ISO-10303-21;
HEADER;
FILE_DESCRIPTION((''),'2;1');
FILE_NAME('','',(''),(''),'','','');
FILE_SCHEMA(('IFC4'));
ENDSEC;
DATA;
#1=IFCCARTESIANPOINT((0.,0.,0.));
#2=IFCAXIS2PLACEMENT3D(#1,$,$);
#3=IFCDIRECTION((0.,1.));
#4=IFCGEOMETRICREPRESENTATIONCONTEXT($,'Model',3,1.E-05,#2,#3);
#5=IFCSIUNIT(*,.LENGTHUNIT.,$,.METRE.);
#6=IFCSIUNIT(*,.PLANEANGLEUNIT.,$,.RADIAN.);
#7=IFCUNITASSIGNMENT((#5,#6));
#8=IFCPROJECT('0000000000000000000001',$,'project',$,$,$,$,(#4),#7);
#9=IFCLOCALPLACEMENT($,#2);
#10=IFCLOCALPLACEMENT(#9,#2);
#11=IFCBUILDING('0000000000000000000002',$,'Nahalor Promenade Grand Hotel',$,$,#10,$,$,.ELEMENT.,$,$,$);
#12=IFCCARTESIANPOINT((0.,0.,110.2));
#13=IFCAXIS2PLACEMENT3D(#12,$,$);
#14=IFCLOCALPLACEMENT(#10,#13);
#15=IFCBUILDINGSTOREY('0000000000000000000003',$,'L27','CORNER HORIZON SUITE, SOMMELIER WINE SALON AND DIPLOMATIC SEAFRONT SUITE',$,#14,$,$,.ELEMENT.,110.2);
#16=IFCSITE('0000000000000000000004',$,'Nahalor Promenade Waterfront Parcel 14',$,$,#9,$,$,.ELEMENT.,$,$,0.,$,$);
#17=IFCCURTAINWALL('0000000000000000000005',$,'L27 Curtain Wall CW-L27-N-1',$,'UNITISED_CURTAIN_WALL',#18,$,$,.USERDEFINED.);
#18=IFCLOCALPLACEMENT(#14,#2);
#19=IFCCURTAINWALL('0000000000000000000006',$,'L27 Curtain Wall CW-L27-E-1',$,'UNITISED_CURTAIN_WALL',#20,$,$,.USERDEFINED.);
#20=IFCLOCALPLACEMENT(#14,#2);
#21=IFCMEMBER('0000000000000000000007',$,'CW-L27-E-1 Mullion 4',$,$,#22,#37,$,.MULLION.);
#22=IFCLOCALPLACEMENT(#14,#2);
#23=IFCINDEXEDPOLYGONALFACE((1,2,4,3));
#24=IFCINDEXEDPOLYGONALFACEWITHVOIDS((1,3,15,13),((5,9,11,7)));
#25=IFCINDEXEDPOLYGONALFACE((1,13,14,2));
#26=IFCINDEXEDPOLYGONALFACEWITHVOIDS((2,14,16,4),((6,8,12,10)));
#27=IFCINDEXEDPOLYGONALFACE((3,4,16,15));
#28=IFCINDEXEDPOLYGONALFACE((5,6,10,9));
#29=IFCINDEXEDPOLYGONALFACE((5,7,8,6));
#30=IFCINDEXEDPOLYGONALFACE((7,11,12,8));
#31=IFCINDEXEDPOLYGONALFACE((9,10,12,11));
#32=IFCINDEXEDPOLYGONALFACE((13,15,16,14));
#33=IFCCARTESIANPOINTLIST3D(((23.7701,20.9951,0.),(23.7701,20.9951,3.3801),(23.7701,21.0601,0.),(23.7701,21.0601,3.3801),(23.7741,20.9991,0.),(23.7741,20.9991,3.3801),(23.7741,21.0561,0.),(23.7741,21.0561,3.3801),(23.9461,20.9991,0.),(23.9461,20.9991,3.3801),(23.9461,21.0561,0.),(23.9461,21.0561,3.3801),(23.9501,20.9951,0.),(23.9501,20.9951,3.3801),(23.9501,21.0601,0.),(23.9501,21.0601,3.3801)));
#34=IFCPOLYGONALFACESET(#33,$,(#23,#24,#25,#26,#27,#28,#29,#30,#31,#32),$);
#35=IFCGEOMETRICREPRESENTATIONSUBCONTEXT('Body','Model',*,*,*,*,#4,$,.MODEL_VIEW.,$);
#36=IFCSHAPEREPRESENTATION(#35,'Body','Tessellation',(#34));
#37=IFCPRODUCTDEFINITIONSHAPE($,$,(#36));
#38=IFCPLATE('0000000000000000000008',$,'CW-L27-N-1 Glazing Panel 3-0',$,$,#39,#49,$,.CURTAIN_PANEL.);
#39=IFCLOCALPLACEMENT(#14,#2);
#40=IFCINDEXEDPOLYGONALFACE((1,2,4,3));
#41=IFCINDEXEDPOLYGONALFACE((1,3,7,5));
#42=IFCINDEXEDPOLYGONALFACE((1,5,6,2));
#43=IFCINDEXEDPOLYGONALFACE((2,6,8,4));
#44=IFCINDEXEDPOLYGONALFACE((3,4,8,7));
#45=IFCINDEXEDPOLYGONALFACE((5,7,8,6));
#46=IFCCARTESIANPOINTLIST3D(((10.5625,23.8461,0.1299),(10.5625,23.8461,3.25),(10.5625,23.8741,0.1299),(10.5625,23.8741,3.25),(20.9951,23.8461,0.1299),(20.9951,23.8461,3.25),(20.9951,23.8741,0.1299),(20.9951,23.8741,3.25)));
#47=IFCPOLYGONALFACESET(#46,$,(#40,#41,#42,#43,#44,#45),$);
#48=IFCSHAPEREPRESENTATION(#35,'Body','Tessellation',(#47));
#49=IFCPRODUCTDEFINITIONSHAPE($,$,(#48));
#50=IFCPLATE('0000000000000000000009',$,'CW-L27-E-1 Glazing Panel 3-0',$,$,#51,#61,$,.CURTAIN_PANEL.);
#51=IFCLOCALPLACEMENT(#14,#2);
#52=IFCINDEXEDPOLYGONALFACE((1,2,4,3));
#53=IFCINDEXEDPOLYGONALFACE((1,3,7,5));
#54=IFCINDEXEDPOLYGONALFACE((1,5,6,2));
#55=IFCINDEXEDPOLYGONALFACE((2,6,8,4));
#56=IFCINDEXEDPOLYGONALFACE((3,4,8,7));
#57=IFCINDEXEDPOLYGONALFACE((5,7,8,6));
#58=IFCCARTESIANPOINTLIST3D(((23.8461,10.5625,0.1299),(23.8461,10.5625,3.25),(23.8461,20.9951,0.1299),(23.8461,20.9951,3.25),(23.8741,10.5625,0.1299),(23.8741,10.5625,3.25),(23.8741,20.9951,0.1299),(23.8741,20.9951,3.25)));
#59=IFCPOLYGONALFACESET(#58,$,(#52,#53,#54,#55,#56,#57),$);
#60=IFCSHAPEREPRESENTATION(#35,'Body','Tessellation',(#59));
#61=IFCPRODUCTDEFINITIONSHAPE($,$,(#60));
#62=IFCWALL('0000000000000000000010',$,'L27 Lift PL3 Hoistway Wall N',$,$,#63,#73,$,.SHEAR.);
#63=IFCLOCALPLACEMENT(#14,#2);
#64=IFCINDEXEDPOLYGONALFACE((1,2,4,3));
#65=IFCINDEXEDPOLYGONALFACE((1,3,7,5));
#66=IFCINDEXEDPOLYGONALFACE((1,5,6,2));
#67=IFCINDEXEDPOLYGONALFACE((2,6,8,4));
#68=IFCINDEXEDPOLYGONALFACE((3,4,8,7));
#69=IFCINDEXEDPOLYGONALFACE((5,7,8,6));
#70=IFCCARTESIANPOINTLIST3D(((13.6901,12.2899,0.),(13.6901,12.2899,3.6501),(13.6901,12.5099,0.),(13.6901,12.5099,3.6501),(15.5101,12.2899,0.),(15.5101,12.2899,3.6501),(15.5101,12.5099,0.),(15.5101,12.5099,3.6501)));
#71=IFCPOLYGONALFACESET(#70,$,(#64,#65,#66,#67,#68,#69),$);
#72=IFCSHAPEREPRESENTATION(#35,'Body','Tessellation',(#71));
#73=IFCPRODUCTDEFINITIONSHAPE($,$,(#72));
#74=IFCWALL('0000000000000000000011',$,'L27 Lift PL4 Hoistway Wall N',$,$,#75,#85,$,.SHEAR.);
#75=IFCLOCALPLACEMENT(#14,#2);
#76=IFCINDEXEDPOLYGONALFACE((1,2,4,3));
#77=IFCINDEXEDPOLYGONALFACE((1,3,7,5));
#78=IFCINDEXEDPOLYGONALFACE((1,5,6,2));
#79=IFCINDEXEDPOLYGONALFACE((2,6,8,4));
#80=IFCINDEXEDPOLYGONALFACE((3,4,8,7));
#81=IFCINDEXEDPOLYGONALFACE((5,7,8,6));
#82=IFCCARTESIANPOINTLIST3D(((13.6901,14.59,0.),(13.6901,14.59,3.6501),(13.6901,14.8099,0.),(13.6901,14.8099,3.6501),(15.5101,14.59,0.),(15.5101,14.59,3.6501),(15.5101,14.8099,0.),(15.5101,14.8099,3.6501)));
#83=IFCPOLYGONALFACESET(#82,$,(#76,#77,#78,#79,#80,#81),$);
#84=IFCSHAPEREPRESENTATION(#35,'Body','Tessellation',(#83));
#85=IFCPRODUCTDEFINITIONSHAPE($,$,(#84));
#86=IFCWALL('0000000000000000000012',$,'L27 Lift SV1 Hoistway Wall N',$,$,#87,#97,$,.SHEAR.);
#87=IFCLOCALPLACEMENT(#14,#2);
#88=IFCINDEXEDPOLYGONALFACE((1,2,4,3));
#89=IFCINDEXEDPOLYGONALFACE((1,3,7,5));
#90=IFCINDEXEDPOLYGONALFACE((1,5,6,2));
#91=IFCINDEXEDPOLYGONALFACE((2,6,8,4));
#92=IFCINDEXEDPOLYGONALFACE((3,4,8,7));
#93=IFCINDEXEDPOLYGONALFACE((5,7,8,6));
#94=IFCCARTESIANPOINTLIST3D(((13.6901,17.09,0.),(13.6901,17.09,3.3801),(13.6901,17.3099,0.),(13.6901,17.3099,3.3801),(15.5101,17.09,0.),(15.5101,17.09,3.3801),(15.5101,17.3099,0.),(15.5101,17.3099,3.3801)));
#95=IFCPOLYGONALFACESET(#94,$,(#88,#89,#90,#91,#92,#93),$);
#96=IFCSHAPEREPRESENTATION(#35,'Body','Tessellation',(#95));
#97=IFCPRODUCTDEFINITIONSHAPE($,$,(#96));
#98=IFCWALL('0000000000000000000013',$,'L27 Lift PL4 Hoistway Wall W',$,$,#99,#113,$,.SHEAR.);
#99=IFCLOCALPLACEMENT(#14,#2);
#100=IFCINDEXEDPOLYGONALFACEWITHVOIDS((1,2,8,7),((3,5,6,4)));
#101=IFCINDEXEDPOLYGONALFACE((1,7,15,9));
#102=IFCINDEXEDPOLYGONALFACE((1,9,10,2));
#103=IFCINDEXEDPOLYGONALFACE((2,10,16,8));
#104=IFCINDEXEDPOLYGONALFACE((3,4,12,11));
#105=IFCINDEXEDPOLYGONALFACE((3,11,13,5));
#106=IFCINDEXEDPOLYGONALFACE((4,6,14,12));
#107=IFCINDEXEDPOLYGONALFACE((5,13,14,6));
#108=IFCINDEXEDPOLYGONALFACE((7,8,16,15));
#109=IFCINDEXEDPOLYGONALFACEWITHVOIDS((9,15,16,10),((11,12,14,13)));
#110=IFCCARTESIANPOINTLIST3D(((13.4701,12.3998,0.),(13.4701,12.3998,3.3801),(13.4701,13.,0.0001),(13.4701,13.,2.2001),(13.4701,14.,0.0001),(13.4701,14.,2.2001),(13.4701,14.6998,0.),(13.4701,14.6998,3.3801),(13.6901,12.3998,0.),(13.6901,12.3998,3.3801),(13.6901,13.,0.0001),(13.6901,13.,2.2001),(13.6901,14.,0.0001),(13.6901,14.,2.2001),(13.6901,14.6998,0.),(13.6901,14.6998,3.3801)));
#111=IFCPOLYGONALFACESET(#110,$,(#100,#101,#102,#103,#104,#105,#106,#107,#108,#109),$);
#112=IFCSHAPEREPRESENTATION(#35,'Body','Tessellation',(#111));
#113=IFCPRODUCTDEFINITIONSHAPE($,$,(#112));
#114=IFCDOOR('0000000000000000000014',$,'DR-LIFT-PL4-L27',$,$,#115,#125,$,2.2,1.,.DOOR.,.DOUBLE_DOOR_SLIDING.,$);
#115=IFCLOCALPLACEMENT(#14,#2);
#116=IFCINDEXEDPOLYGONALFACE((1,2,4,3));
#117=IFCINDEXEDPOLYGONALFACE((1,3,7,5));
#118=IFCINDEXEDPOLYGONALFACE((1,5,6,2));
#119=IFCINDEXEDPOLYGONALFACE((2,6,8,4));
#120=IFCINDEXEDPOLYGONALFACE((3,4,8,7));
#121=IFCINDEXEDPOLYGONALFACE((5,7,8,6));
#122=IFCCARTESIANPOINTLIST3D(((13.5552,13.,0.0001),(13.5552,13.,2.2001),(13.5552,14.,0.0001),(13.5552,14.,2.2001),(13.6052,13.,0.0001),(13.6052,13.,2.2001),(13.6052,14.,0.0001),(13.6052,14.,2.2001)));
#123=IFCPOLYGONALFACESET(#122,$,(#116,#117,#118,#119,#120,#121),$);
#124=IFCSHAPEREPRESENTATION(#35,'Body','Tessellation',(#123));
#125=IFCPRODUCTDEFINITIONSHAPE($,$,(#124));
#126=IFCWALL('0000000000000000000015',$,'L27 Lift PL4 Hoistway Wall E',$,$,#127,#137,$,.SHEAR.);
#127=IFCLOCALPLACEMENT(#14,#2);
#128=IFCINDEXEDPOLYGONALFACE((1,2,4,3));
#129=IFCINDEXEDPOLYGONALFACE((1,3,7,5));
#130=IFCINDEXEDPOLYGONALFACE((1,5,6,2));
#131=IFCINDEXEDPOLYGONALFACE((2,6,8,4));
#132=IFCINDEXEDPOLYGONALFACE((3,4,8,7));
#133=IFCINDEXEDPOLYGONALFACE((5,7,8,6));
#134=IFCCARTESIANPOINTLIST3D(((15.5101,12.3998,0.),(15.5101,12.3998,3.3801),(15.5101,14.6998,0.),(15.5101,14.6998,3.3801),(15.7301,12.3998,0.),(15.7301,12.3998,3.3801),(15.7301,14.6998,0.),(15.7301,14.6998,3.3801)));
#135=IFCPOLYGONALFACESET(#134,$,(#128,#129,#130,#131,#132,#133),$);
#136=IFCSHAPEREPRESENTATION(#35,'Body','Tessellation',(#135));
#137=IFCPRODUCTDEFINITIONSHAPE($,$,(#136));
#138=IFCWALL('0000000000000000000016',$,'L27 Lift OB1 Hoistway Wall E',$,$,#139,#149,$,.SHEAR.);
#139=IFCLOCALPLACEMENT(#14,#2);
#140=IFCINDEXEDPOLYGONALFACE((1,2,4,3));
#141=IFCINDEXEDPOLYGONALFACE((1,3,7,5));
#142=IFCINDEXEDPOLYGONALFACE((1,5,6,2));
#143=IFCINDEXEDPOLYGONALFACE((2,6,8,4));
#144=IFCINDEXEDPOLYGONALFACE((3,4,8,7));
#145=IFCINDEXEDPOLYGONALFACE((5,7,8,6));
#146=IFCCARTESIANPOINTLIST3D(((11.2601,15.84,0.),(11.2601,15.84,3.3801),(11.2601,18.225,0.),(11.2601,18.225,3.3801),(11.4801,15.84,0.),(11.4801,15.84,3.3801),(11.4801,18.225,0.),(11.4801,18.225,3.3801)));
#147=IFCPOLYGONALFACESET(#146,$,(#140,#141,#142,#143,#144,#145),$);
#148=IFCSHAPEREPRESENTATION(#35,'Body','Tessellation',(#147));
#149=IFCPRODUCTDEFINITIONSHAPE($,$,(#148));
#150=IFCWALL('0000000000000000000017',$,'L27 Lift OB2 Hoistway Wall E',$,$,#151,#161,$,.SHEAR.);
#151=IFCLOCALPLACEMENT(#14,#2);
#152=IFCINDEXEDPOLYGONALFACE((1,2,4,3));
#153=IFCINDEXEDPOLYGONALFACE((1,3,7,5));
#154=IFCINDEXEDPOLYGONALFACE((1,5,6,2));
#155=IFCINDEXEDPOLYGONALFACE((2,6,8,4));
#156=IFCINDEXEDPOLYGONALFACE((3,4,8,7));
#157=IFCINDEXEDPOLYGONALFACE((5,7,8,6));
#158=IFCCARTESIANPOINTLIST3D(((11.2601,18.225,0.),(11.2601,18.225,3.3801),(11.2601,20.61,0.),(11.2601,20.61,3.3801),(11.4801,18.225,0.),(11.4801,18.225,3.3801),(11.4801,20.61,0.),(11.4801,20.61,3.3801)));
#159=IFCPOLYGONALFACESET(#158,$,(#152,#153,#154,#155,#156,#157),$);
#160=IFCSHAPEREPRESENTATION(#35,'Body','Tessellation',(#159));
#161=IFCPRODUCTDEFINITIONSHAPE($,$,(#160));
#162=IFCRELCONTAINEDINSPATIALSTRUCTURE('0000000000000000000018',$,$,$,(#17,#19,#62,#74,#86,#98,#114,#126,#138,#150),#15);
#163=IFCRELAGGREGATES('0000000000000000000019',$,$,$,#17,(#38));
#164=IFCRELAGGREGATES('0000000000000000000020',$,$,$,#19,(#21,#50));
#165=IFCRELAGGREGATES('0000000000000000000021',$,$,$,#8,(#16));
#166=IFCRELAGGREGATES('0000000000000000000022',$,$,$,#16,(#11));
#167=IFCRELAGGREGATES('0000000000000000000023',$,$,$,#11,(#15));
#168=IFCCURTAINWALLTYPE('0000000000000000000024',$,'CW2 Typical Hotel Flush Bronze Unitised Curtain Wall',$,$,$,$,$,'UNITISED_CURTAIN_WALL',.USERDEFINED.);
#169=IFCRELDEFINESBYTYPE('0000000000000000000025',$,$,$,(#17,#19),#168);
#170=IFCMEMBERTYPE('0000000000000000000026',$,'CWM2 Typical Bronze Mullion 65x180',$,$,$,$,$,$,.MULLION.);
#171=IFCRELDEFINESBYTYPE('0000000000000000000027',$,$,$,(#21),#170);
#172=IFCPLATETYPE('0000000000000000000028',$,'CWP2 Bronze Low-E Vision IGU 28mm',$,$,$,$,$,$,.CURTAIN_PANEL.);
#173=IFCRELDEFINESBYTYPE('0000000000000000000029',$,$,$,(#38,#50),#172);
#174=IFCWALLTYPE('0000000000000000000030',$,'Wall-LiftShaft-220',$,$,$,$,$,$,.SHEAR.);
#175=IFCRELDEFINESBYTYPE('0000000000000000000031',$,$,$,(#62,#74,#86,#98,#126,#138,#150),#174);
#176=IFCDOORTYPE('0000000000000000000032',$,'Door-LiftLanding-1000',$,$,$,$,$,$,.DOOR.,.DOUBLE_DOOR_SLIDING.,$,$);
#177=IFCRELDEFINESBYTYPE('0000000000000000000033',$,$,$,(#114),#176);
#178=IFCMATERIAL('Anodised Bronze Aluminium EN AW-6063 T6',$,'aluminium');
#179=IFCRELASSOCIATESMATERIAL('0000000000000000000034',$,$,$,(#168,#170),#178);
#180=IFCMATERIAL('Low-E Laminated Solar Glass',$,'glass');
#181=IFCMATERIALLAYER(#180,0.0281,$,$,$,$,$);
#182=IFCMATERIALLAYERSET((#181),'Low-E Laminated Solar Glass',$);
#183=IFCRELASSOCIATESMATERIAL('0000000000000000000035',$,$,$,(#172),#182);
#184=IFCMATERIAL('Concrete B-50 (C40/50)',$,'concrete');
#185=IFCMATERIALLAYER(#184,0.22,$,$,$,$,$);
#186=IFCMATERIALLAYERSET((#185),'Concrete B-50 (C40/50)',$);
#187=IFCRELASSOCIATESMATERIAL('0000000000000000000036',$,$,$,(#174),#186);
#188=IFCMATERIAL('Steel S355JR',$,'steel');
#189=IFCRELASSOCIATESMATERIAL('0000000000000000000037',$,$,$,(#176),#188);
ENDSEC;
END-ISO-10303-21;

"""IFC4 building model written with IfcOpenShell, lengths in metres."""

from ifc_helpers import new_model, si_unit, direction, frame, frame_2d, origin, origin_2d, place, context, subcontext, project, spatial, rectangle, hollow_rectangle, extrude, source, transform, mapped, material, layer, layer_set, material_profile, profile_set, type_object, element, fill, aggregate, save


model = new_model("IFC4")

# Units and contexts
model_context = context("Model", 3, precision=1e-05, world=origin(), true_north=direction((0.0, 1.0)))
body_context = subcontext(model_context, "Body", "Model", "MODEL_VIEW")
ifc_project = project(units=[si_unit("LENGTHUNIT", "METRE"), si_unit("PLANEANGLEUNIT", "RADIAN")], contexts=[model_context])

# Site, building, storey
site_placement = place(None, origin())
site = spatial("IfcSite", under=ifc_project, at=site_placement, Name="Nahalor Promenade Waterfront Parcel 14", CompositionType="ELEMENT", RefElevation=0.0)
building_placement = place(site_placement, origin())
building = spatial("IfcBuilding", under=site, at=building_placement, Name="Nahalor Promenade Grand Hotel", CompositionType="ELEMENT")
storey_placement = place(building_placement, frame((0.0, 0.0, 110.2)))
storey = spatial("IfcBuildingStorey", under=building, at=storey_placement, Name="L27", Description="CORNER HORIZON SUITE, SOMMELIER WINE SALON AND DIPLOMATIC SEAFRONT SUITE", CompositionType="ELEMENT", Elevation=110.2)

# Shared definitions
ifc_material_1 = material(Name="Steel S355JR", Category="steel")

# Curtain walls, member
ifc_material_2 = material(Name="Anodised Bronze Aluminium EN AW-6063 T6", Category="aluminium")
curtain_wall_type = type_object("IfcCurtainWallType", Name="CW2 Typical Hotel Flush Bronze Unitised Curtain Wall", ElementType="UNITISED_CURTAIN_WALL", PredefinedType="USERDEFINED", material=ifc_material_2)
curtain_wall_1_placement = place(storey_placement, origin())
curtain_wall_1 = element("IfcCurtainWall", 1, at=curtain_wall_1_placement, inside=storey, type_object=curtain_wall_type, Name="L27 Curtain Wall CW-L27-N-1", ObjectType="UNITISED_CURTAIN_WALL", PredefinedType="USERDEFINED")
ifc_material_profile_1 = material_profile(ifc_material_2, hollow_rectangle(XDim=0.065, YDim=0.18, WallThickness=0.004, at=origin_2d()), Name="CWM 65x180x4")
ifc_profile_set_1 = profile_set([ifc_material_profile_1], Name="Anodised Bronze Aluminium EN AW-6063 T6")
member_type = type_object("IfcMemberType", Name="CWM2 Typical Bronze Mullion 65x180", PredefinedType="MULLION", material=ifc_profile_set_1)
shared_shape_1 = source(origin(), body_context, "Body", "SweptSolid", [
    extrude(hollow_rectangle(XDim=0.065, YDim=0.18, WallThickness=0.004, at=origin_2d()), origin(), (0.0, 0.0, 1.0), 3.3801),
])
curtain_wall_2_placement = place(storey_placement, origin())
curtain_wall_2 = element("IfcCurtainWall", 2, at=curtain_wall_2_placement, inside=storey, type_object=curtain_wall_type, Name="L27 Curtain Wall CW-L27-E-1", ObjectType="UNITISED_CURTAIN_WALL", PredefinedType="USERDEFINED")
member_1_placement = place(storey_placement, frame((23.8601, 21.0276, 0.0), z_axis=(0.0, 0.0, 1.0), x_axis=(0.0, 1.0, 0.0)))
member_1 = element("IfcMember", 3, at=member_1_placement, type_object=member_type, Name="CW-L27-E-1 Mullion 4", PredefinedType="MULLION", context=body_context, shape_type="MappedRepresentation", body=[
    mapped(shared_shape_1, transform((0.0, 0.0, 0.0), scale=1.0)),
])

# Plates
ifc_material_3 = material(Name="Low-E Laminated Solar Glass", Category="glass")
ifc_layer_1 = layer(ifc_material_3, 0.0281)
ifc_layer_set_1 = layer_set([ifc_layer_1], Name="Low-E Laminated Solar Glass")
plate_type = type_object("IfcPlateType", Name="CWP2 Bronze Low-E Vision IGU 28mm", PredefinedType="CURTAIN_PANEL", material=ifc_layer_set_1)
shared_shape_2 = source(origin(), body_context, "Body", "SweptSolid", [
    extrude(rectangle(XDim=10.4326, YDim=0.0281, at=origin_2d()), origin(), (0.0, 0.0, 1.0), 3.1201),
])
plate_1_placement = place(storey_placement, frame((15.7788, 23.8601, 0.1299), z_axis=(0.0, 0.0, 1.0), x_axis=(1.0, 0.0, 0.0)))
plate_1 = element("IfcPlate", 4, at=plate_1_placement, type_object=plate_type, Name="CW-L27-N-1 Glazing Panel 3-0", PredefinedType="CURTAIN_PANEL", context=body_context, shape_type="MappedRepresentation", body=[
    mapped(shared_shape_2, transform((0.0, 0.0, 0.0), scale=1.0)),
])
aggregate(curtain_wall_1, [plate_1])
plate_2_placement = place(storey_placement, frame((23.8601, 15.7788, 0.1299), z_axis=(0.0, 0.0, 1.0), x_axis=(0.0, 1.0, 0.0)))
plate_2 = element("IfcPlate", 5, at=plate_2_placement, type_object=plate_type, Name="CW-L27-E-1 Glazing Panel 3-0", PredefinedType="CURTAIN_PANEL", context=body_context, shape_type="MappedRepresentation", body=[
    mapped(shared_shape_2, transform((0.0, 0.0, 0.0), scale=1.0)),
])
aggregate(curtain_wall_2, [member_1, plate_2])

# Walls
ifc_material_4 = material(Name="Concrete B-50 (C40/50)", Category="concrete")
ifc_layer_2 = layer(ifc_material_4, 0.22)
ifc_layer_set_2 = layer_set([ifc_layer_2], Name="Concrete B-50 (C40/50)")
wall_type_1 = type_object("IfcWallType", Name="Wall-LiftShaft-220", PredefinedType="SHEAR", material=ifc_layer_set_2)
shared_shape_3 = source(origin(), body_context, "Body", "SweptSolid", [
    extrude(rectangle(XDim=1.8201, YDim=0.22, at=frame_2d((0.9102, 0.0))), origin(), (0.0, 0.0, 1.0), 3.6501),
])
for number, where, z_axis, x_axis, name in (
    (6, (13.6899, 12.3999, 0.0), (0.0, 0.0, 1.0), (1.0, 0.0, 0.0), "L27 Lift PL3 Hoistway Wall N"),
    (7, (13.6899, 14.7, 0.0), (0.0, 0.0, 1.0), (1.0, 0.0, 0.0), "L27 Lift PL4 Hoistway Wall N"),
):
    element("IfcWall", number, at=place(storey_placement, frame(where, z_axis=z_axis, x_axis=x_axis)), inside=storey, type_object=wall_type_1, Name=name, PredefinedType="SHEAR", context=body_context, shape_type="MappedRepresentation", body=[
        mapped(shared_shape_3, transform((0.0, 0.0, 0.0), scale=1.0)),
    ])
shared_shape_4 = source(origin(), body_context, "Body", "SweptSolid", [
    extrude(rectangle(XDim=1.8201, YDim=0.22, at=frame_2d((0.9102, 0.0))), origin(), (0.0, 0.0, 1.0), 3.3801),
])
wall_1_placement = place(storey_placement, frame((13.6899, 17.2, 0.0), z_axis=(0.0, 0.0, 1.0), x_axis=(1.0, 0.0, 0.0)))
element("IfcWall", 8, at=wall_1_placement, inside=storey, type_object=wall_type_1, Name="L27 Lift SV1 Hoistway Wall N", PredefinedType="SHEAR", context=body_context, shape_type="MappedRepresentation", body=[
    mapped(shared_shape_4, transform((0.0, 0.0, 0.0), scale=1.0)),
])

# Wall, opening, door
shared_shape_5 = source(origin(), body_context, "Body", "SweptSolid", [
    extrude(rectangle(XDim=2.3, YDim=0.22, at=frame_2d((1.1499, 0.0))), origin(), (0.0, 0.0, 1.0), 3.3801),
])
wall_2_placement = place(storey_placement, frame((13.5801, 12.3999, 0.0), z_axis=(0.0, 0.0, 1.0), x_axis=(0.0, 1.0, 0.0)))
wall_2 = element("IfcWall", 9, at=wall_2_placement, inside=storey, type_object=wall_type_1, Name="L27 Lift PL4 Hoistway Wall W", PredefinedType="SHEAR", context=body_context, shape_type="MappedRepresentation", body=[
    mapped(shared_shape_5, transform((0.0, 0.0, 0.0), scale=1.0)),
])
opening_1_placement = place(wall_2_placement, frame((0.6001, 0.0, 0.0)))
opening_1 = element("IfcOpeningElement", 10, at=opening_1_placement, cuts=wall_2, PredefinedType="OPENING", context=body_context, shape_type="SweptSolid", body=[
    extrude(rectangle(XDim=1.0, YDim=2.2, at=frame_2d((0.5, 1.1001))), frame((0.0, 0.1199, 0.0), z_axis=(0.0, -1.0, 0.0), x_axis=(1.0, 0.0, 0.0)), (0.0, 0.0, 1.0), 0.24),
])
door_type_1 = type_object("IfcDoorType", Name="Door-LiftLanding-1000", OperationType="DOUBLE_DOOR_SLIDING", PredefinedType="DOOR", material=ifc_material_1)
shared_shape_6 = source(origin(), body_context, "Body", "SweptSolid", [
    extrude(rectangle(XDim=1.0, YDim=2.2, at=frame_2d((0.5, 1.1001))), frame((0.0, 0.0249, 0.0), z_axis=(0.0, -1.0, 0.0), x_axis=(1.0, 0.0, 0.0)), (0.0, 0.0, 1.0), 0.05),
])
door_1_placement = place(opening_1_placement, origin())
door_1 = element("IfcDoor", 11, at=door_1_placement, inside=storey, type_object=door_type_1, Name="DR-LIFT-PL4-L27", OperationType="DOUBLE_DOOR_SLIDING", OverallHeight=2.2, OverallWidth=1.0, PredefinedType="DOOR", context=body_context, shape_type="MappedRepresentation", body=[
    mapped(shared_shape_6, transform((0.0, 0.0, 0.0), scale=1.0)),
])
fill(opening_1, door_1)

# Walls
wall_3_placement = place(storey_placement, frame((15.6201, 12.3999, 0.0), z_axis=(0.0, 0.0, 1.0), x_axis=(0.0, 1.0, 0.0)))
element("IfcWall", 12, at=wall_3_placement, inside=storey, type_object=wall_type_1, Name="L27 Lift PL4 Hoistway Wall E", PredefinedType="SHEAR", context=body_context, shape_type="MappedRepresentation", body=[
    mapped(shared_shape_5, transform((0.0, 0.0, 0.0), scale=1.0)),
])
shared_shape_7 = source(origin(), body_context, "Body", "SweptSolid", [
    extrude(rectangle(XDim=2.385, YDim=0.22, at=frame_2d((1.1924, 0.0))), origin(), (0.0, 0.0, 1.0), 3.3801),
])
for number, where, z_axis, x_axis, name in (
    (13, (11.3701, 15.8401, 0.0), (0.0, 0.0, 1.0), (0.0, 1.0, 0.0), "L27 Lift OB1 Hoistway Wall E"),
    (14, (11.3701, 18.2251, 0.0), (0.0, 0.0, 1.0), (0.0, 1.0, 0.0), "L27 Lift OB2 Hoistway Wall E"),
):
    element("IfcWall", number, at=place(storey_placement, frame(where, z_axis=z_axis, x_axis=x_axis)), inside=storey, type_object=wall_type_1, Name=name, PredefinedType="SHEAR", context=body_context, shape_type="MappedRepresentation", body=[
        mapped(shared_shape_7, transform((0.0, 0.0, 0.0), scale=1.0)),
    ])

save(model, "model.ifc")
